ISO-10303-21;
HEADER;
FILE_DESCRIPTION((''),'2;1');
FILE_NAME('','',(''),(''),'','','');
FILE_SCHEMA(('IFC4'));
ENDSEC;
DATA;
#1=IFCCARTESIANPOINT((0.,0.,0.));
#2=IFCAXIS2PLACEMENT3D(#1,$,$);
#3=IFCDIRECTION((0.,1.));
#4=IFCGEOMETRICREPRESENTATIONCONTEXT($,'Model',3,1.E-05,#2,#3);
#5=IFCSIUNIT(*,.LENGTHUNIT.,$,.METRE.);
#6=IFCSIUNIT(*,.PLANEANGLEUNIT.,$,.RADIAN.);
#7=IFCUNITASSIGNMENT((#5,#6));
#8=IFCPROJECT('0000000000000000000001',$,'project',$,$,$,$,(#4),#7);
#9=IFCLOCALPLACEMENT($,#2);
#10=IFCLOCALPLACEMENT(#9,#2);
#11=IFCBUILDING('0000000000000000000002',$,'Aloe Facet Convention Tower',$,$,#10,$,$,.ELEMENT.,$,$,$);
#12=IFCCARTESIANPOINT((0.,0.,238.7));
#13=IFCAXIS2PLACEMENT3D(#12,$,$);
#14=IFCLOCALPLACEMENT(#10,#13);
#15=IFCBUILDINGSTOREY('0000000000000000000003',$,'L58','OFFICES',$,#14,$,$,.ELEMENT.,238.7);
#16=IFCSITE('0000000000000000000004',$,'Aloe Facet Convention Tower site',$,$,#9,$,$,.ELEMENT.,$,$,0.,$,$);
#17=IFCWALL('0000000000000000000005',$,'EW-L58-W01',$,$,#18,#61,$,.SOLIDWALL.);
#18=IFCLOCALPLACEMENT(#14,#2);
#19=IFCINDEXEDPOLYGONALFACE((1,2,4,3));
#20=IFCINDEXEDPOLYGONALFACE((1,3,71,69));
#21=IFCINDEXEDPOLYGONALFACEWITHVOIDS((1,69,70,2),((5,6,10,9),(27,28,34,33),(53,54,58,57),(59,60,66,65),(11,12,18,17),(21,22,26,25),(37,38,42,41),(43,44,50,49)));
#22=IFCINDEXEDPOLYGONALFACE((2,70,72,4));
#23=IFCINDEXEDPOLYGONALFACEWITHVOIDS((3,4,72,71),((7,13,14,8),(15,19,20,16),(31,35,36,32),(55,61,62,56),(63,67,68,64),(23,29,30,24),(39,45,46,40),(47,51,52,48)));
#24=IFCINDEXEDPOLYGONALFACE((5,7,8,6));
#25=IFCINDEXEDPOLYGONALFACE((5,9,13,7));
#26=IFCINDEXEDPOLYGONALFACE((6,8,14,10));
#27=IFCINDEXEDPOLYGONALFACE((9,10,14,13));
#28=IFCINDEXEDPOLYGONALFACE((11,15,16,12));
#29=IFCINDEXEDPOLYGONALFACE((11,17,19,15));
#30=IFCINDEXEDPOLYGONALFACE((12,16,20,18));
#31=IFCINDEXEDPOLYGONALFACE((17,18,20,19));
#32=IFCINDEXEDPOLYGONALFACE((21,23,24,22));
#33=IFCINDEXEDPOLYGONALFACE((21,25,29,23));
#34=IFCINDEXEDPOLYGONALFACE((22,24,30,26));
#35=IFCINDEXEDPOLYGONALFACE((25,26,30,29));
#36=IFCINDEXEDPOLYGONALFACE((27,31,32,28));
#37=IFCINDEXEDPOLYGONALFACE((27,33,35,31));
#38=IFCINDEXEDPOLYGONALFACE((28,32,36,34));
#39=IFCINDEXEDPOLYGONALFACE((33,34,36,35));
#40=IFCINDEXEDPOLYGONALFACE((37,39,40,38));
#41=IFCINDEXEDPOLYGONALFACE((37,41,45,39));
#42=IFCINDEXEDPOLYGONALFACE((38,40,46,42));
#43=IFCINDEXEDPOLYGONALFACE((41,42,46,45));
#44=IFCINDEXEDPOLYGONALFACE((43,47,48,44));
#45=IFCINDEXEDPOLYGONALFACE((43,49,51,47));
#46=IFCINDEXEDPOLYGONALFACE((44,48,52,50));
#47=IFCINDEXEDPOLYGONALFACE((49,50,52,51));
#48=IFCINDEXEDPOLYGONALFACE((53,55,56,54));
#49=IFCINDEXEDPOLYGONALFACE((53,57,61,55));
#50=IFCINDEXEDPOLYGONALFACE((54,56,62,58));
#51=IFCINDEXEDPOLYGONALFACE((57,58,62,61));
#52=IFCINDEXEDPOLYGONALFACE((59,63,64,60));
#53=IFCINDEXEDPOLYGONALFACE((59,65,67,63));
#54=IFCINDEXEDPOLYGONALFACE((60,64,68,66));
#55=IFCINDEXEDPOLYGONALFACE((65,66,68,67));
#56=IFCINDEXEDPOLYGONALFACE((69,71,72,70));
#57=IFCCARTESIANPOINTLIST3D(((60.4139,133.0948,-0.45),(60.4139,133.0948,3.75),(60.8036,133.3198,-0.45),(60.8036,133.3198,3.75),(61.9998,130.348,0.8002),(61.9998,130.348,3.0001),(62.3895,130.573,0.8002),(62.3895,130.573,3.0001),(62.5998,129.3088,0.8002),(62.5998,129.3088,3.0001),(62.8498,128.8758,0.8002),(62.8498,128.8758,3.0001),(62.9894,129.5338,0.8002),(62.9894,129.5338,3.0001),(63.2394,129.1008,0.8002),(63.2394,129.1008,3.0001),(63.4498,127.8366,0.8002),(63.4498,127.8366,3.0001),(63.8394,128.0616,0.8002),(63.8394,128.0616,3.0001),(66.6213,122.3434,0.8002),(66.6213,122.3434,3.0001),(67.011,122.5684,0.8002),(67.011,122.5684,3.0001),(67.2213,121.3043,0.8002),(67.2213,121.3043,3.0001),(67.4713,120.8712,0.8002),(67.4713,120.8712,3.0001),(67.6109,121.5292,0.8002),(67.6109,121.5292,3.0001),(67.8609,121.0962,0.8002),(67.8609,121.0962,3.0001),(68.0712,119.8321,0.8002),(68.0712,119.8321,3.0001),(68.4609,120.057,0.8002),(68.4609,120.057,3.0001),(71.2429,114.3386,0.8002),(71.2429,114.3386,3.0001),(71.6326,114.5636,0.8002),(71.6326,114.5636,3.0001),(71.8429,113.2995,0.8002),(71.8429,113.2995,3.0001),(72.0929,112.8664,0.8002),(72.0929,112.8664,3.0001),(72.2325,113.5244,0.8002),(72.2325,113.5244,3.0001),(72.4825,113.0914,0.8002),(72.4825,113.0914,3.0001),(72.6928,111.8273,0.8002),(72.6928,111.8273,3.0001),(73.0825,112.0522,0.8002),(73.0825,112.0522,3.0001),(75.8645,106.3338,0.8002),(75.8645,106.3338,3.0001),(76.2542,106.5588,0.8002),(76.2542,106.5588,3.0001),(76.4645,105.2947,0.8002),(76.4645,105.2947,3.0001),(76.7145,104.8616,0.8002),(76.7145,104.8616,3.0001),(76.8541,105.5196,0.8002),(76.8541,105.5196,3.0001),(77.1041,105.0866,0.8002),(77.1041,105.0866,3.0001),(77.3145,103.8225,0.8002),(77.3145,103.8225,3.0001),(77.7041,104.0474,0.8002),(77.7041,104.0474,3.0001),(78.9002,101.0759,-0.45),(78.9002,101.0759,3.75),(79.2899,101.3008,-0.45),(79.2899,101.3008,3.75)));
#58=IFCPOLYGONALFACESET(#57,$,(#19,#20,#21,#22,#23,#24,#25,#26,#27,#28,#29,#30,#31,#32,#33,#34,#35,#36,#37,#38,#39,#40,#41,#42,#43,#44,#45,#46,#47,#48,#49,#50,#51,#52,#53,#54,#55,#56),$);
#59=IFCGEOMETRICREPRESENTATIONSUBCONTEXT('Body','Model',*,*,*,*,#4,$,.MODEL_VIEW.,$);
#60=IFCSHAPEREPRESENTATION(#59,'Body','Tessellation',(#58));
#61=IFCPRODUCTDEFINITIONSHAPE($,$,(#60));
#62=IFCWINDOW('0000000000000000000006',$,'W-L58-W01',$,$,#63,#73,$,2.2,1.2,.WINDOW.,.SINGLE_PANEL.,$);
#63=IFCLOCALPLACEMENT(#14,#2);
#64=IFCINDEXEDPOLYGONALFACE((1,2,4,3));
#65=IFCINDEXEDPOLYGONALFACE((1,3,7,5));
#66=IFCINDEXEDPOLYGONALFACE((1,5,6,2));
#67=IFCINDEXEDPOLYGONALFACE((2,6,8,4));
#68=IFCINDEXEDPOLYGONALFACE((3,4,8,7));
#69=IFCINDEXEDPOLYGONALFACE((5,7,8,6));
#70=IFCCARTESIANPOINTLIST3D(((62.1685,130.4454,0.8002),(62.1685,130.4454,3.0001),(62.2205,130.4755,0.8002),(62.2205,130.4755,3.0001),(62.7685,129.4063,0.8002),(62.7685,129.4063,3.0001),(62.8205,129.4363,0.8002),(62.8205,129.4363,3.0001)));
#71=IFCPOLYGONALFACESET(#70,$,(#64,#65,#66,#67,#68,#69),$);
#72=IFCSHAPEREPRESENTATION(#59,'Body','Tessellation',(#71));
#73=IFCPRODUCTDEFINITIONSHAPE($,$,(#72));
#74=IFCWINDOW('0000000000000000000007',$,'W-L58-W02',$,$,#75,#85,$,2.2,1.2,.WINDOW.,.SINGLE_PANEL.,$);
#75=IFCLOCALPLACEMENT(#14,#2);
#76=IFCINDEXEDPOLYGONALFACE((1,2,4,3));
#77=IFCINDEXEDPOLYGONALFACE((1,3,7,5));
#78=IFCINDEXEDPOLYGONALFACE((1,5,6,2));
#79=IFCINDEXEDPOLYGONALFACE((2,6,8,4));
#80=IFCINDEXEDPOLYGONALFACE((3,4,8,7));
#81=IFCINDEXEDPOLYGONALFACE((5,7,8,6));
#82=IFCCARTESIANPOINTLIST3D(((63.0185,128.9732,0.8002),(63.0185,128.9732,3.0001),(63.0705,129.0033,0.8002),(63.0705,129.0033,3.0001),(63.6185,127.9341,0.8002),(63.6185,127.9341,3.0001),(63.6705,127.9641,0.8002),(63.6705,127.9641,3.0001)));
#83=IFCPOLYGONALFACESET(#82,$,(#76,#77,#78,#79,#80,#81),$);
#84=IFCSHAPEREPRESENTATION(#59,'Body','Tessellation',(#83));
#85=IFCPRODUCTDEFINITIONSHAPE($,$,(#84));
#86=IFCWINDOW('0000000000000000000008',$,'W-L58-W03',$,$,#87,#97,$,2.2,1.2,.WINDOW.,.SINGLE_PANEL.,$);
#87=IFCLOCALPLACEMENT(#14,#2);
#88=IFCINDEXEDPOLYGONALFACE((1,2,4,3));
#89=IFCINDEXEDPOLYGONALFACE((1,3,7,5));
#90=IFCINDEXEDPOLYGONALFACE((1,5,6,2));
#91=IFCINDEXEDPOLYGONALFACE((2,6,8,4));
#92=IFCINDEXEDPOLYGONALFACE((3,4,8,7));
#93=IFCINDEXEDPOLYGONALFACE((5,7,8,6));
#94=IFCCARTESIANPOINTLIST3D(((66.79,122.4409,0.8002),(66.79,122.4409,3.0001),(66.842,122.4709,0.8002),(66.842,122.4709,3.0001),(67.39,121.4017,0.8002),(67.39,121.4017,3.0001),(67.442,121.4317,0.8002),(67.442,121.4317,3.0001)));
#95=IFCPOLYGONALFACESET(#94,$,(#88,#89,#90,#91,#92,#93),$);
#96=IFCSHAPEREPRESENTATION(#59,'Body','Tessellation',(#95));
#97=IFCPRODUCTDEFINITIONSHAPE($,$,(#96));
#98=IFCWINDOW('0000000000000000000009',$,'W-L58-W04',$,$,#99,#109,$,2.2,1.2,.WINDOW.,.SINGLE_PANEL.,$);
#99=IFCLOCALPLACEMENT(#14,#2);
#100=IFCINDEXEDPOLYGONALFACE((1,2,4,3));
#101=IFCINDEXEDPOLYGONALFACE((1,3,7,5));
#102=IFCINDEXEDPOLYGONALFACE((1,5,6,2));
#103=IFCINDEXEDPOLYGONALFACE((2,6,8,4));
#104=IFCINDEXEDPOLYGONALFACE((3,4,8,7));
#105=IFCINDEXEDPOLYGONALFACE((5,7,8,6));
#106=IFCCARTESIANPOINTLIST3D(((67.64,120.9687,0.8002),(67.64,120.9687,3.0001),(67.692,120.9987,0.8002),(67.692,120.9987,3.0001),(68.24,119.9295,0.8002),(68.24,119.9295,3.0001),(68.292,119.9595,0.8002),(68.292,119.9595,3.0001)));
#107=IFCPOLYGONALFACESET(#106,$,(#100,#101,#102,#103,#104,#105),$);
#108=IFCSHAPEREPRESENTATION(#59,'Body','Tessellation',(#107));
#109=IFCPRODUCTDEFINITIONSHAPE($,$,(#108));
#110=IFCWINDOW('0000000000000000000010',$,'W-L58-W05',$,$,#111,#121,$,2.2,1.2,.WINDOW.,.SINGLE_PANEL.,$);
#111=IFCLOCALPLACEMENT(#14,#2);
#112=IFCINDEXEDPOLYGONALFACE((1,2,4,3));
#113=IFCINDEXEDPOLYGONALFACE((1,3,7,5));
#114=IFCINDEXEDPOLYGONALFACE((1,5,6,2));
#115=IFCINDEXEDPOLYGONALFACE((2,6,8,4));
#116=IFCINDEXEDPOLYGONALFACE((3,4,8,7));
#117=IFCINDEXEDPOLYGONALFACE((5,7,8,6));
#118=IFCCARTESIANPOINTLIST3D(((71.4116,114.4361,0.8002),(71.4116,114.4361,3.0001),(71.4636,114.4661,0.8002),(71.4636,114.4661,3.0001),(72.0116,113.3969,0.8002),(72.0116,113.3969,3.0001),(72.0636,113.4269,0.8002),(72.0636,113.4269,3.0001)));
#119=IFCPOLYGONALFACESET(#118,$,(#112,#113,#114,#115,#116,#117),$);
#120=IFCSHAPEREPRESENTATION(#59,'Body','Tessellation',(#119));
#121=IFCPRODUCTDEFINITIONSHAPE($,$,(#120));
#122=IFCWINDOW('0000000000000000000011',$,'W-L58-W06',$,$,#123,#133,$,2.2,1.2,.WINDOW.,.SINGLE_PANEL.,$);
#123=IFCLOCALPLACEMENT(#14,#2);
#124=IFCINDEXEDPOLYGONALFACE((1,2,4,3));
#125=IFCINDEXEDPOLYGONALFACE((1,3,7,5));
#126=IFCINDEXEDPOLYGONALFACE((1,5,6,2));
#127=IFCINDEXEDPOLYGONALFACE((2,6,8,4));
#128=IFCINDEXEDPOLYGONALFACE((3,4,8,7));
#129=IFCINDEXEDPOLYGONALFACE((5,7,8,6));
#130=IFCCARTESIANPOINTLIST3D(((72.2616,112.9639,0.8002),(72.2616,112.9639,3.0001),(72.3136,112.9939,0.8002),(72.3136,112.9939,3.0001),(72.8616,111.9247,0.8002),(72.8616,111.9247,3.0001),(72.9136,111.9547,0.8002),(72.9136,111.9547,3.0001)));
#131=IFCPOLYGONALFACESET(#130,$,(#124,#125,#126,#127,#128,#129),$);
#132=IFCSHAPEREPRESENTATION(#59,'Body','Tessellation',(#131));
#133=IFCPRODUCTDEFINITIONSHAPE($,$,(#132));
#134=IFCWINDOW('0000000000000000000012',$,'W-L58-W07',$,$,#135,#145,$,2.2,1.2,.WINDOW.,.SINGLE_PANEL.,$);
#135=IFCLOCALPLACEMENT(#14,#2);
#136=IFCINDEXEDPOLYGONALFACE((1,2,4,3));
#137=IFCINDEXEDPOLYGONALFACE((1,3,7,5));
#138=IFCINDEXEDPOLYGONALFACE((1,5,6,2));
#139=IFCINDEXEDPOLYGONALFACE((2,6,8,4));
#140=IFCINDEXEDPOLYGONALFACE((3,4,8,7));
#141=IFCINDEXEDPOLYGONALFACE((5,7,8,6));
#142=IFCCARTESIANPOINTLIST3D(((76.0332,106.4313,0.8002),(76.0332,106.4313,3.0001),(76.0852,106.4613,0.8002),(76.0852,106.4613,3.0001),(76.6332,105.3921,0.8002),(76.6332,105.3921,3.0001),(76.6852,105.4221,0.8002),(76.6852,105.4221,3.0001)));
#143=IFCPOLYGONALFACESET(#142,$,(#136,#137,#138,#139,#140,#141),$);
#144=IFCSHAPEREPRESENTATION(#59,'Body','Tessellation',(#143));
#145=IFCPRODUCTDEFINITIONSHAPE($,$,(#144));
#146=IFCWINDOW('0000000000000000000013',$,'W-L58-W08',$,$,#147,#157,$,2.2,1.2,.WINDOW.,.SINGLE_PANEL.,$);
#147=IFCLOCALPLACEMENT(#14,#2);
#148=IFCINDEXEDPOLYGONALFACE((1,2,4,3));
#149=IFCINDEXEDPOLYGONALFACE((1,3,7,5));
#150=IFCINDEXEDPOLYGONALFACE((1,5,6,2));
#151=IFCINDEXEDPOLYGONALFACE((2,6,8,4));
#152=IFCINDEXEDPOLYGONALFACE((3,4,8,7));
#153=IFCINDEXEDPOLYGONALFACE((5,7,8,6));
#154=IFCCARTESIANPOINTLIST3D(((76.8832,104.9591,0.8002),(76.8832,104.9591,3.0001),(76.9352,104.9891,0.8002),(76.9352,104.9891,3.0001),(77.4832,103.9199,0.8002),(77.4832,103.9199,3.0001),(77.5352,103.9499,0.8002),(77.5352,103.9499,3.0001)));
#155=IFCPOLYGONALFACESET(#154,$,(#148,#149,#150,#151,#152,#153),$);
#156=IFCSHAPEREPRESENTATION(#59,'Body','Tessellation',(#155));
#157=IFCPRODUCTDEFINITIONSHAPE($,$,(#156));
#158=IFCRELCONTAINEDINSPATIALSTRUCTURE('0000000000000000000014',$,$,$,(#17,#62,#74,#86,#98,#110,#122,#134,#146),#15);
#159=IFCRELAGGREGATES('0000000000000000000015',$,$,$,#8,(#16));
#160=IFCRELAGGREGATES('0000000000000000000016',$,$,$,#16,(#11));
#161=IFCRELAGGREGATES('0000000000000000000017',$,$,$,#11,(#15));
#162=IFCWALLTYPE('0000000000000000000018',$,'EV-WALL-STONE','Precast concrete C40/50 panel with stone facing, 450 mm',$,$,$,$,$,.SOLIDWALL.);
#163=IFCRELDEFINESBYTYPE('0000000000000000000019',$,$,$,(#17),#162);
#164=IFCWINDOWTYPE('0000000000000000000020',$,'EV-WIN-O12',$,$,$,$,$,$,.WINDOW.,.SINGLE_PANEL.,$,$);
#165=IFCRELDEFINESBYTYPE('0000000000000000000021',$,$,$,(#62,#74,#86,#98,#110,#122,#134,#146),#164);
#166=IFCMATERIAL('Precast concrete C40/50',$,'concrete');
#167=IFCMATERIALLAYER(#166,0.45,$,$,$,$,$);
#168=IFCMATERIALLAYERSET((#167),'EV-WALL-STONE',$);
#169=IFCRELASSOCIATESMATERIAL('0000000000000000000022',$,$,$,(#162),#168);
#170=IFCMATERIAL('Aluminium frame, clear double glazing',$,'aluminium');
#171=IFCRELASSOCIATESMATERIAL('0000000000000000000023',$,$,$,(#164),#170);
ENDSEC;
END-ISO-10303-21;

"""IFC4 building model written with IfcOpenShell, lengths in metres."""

from ifc_helpers import new_model, si_unit, direction, frame, frame_2d, origin, place, context, subcontext, project, spatial, polyline, rectangle, outline, extrude, material, layer, layer_set, type_object, element, fill, save


model = new_model("IFC4")

# Units and contexts
model_context = context("Model", 3, precision=1e-05, world=origin(), true_north=direction((0.0, 1.0)))
body_context = subcontext(model_context, "Body", "Model", "MODEL_VIEW")
ifc_project = project(units=[si_unit("LENGTHUNIT", "METRE"), si_unit("PLANEANGLEUNIT", "RADIAN")], contexts=[model_context])

# Site, building, storey
site_placement = place(None, origin())
site = spatial("IfcSite", under=ifc_project, at=site_placement, Name="Aloe Facet Convention Tower site", CompositionType="ELEMENT", RefElevation=0.0)
building_placement = place(site_placement, origin())
building = spatial("IfcBuilding", under=site, at=building_placement, Name="Aloe Facet Convention Tower", CompositionType="ELEMENT")
storey_placement = place(building_placement, frame((0.0, 0.0, 238.7)))
storey = spatial("IfcBuildingStorey", under=building, at=storey_placement, Name="L58", Description="OFFICES", CompositionType="ELEMENT", Elevation=238.7)

# Wall, openings, windows
ifc_material_1 = material(Name="Precast concrete C40/50", Category="concrete")
ifc_layer_1 = layer(ifc_material_1, 0.45)
ifc_layer_set_1 = layer_set([ifc_layer_1], Name="EV-WALL-STONE")
wall_type_1 = type_object("IfcWallType", Name="EV-WALL-STONE", Description="Precast concrete C40/50 panel with stone facing, 450 mm", PredefinedType="SOLIDWALL", material=ifc_layer_set_1)
wall_1_placement = place(storey_placement, frame((60.6086, 133.2073, -0.45), z_axis=(0.0, 0.0, 1.0), x_axis=(0.500003, -0.866024, 0.0)))
wall_1 = element("IfcWall", 1, at=wall_1_placement, inside=storey, type_object=wall_type_1, Name="EW-L58-W01", PredefinedType="SOLIDWALL", context=body_context, shape_type="SweptSolid", body=[
    extrude(outline(polyline([(36.9724, 0.0), (36.9724, 4.2), (0.0, 4.2), (0.0, 0.0), (36.9724, 0.0)])), frame((0.0, 0.2251, 0.0), z_axis=(0.0, -1.0, 0.0), x_axis=(1.0, 0.0, 0.0)), (0.0, 0.0, 1.0), 0.45),
])
opening_1_placement = place(wall_1_placement, frame((3.1716, 0.0, 1.25)))
opening_1 = element("IfcOpeningElement", 2, at=opening_1_placement, cuts=wall_1, PredefinedType="OPENING", context=body_context, shape_type="SweptSolid", body=[
    extrude(rectangle(XDim=1.2, YDim=2.2, at=frame_2d((0.6001, 1.1001))), frame((0.0, 0.2349, 0.0), z_axis=(0.0, -1.0, 0.0), x_axis=(1.0, 0.0, 0.0)), (0.0, 0.0, 1.0), 0.47),
])
opening_2_placement = place(wall_1_placement, frame((4.8716, 0.0, 1.25)))
opening_2 = element("IfcOpeningElement", 3, at=opening_2_placement, cuts=wall_1, PredefinedType="OPENING", context=body_context, shape_type="SweptSolid", body=[
    extrude(rectangle(XDim=1.2, YDim=2.2, at=frame_2d((0.6001, 1.1001))), frame((0.0, 0.2349, 0.0), z_axis=(0.0, -1.0, 0.0), x_axis=(1.0, 0.0, 0.0)), (0.0, 0.0, 1.0), 0.47),
])
opening_3_placement = place(wall_1_placement, frame((12.4146, 0.0, 1.25)))
opening_3 = element("IfcOpeningElement", 4, at=opening_3_placement, cuts=wall_1, PredefinedType="OPENING", context=body_context, shape_type="SweptSolid", body=[
    extrude(rectangle(XDim=1.2, YDim=2.2, at=frame_2d((0.6001, 1.1001))), frame((0.0, 0.2349, 0.0), z_axis=(0.0, -1.0, 0.0), x_axis=(1.0, 0.0, 0.0)), (0.0, 0.0, 1.0), 0.47),
])
opening_4_placement = place(wall_1_placement, frame((14.1145, 0.0, 1.25)))
opening_4 = element("IfcOpeningElement", 5, at=opening_4_placement, cuts=wall_1, PredefinedType="OPENING", context=body_context, shape_type="SweptSolid", body=[
    extrude(rectangle(XDim=1.2, YDim=2.2, at=frame_2d((0.6001, 1.1001))), frame((0.0, 0.2349, 0.0), z_axis=(0.0, -1.0, 0.0), x_axis=(1.0, 0.0, 0.0)), (0.0, 0.0, 1.0), 0.47),
])
opening_5_placement = place(wall_1_placement, frame((21.6577, 0.0, 1.25)))
opening_5 = element("IfcOpeningElement", 6, at=opening_5_placement, cuts=wall_1, PredefinedType="OPENING", context=body_context, shape_type="SweptSolid", body=[
    extrude(rectangle(XDim=1.2, YDim=2.2, at=frame_2d((0.6001, 1.1001))), frame((0.0, 0.2349, 0.0), z_axis=(0.0, -1.0, 0.0), x_axis=(1.0, 0.0, 0.0)), (0.0, 0.0, 1.0), 0.47),
])
opening_6_placement = place(wall_1_placement, frame((23.3577, 0.0, 1.25)))
opening_6 = element("IfcOpeningElement", 7, at=opening_6_placement, cuts=wall_1, PredefinedType="OPENING", context=body_context, shape_type="SweptSolid", body=[
    extrude(rectangle(XDim=1.2, YDim=2.2, at=frame_2d((0.6001, 1.1001))), frame((0.0, 0.2349, 0.0), z_axis=(0.0, -1.0, 0.0), x_axis=(1.0, 0.0, 0.0)), (0.0, 0.0, 1.0), 0.47),
])
opening_7_placement = place(wall_1_placement, frame((30.9009, 0.0, 1.25)))
opening_7 = element("IfcOpeningElement", 8, at=opening_7_placement, cuts=wall_1, PredefinedType="OPENING", context=body_context, shape_type="SweptSolid", body=[
    extrude(rectangle(XDim=1.2, YDim=2.2, at=frame_2d((0.6001, 1.1001))), frame((0.0, 0.2349, 0.0), z_axis=(0.0, -1.0, 0.0), x_axis=(1.0, 0.0, 0.0)), (0.0, 0.0, 1.0), 0.47),
])
opening_8_placement = place(wall_1_placement, frame((32.6008, 0.0, 1.25)))
opening_8 = element("IfcOpeningElement", 9, at=opening_8_placement, cuts=wall_1, PredefinedType="OPENING", context=body_context, shape_type="SweptSolid", body=[
    extrude(rectangle(XDim=1.2, YDim=2.2, at=frame_2d((0.6001, 1.1001))), frame((0.0, 0.2349, 0.0), z_axis=(0.0, -1.0, 0.0), x_axis=(1.0, 0.0, 0.0)), (0.0, 0.0, 1.0), 0.47),
])
ifc_material_2 = material(Name="Aluminium frame, clear double glazing", Category="aluminium")
window_type = type_object("IfcWindowType", Name="EV-WIN-O12", PartitioningType="SINGLE_PANEL", PredefinedType="WINDOW", material=ifc_material_2)
window_1_placement = place(opening_1_placement, origin())
window_1 = element("IfcWindow", 10, at=window_1_placement, inside=storey, type_object=window_type, Name="W-L58-W01", OverallHeight=2.2, OverallWidth=1.2, PartitioningType="SINGLE_PANEL", PredefinedType="WINDOW", context=body_context, shape_type="SweptSolid", body=[
    extrude(rectangle(XDim=1.2, YDim=2.2, at=frame_2d((0.6001, 1.1001))), frame((0.0, 0.03, 0.0), z_axis=(0.0, -1.0, 0.0), x_axis=(1.0, 0.0, 0.0)), (0.0, 0.0, 1.0), 0.0601),
])
fill(opening_1, window_1)
window_2_placement = place(opening_2_placement, origin())
window_2 = element("IfcWindow", 11, at=window_2_placement, inside=storey, type_object=window_type, Name="W-L58-W02", OverallHeight=2.2, OverallWidth=1.2, PartitioningType="SINGLE_PANEL", PredefinedType="WINDOW", context=body_context, shape_type="SweptSolid", body=[
    extrude(rectangle(XDim=1.2, YDim=2.2, at=frame_2d((0.6001, 1.1001))), frame((0.0, 0.03, 0.0), z_axis=(0.0, -1.0, 0.0), x_axis=(1.0, 0.0, 0.0)), (0.0, 0.0, 1.0), 0.0601),
])
fill(opening_2, window_2)
window_3_placement = place(opening_3_placement, origin())
window_3 = element("IfcWindow", 12, at=window_3_placement, inside=storey, type_object=window_type, Name="W-L58-W03", OverallHeight=2.2, OverallWidth=1.2, PartitioningType="SINGLE_PANEL", PredefinedType="WINDOW", context=body_context, shape_type="SweptSolid", body=[
    extrude(rectangle(XDim=1.2, YDim=2.2, at=frame_2d((0.6001, 1.1001))), frame((0.0, 0.03, 0.0), z_axis=(0.0, -1.0, 0.0), x_axis=(1.0, 0.0, 0.0)), (0.0, 0.0, 1.0), 0.0601),
])
fill(opening_3, window_3)
window_4_placement = place(opening_4_placement, origin())
window_4 = element("IfcWindow", 13, at=window_4_placement, inside=storey, type_object=window_type, Name="W-L58-W04", OverallHeight=2.2, OverallWidth=1.2, PartitioningType="SINGLE_PANEL", PredefinedType="WINDOW", context=body_context, shape_type="SweptSolid", body=[
    extrude(rectangle(XDim=1.2, YDim=2.2, at=frame_2d((0.6001, 1.1001))), frame((0.0, 0.03, 0.0), z_axis=(0.0, -1.0, 0.0), x_axis=(1.0, 0.0, 0.0)), (0.0, 0.0, 1.0), 0.0601),
])
fill(opening_4, window_4)
window_5_placement = place(opening_5_placement, origin())
window_5 = element("IfcWindow", 14, at=window_5_placement, inside=storey, type_object=window_type, Name="W-L58-W05", OverallHeight=2.2, OverallWidth=1.2, PartitioningType="SINGLE_PANEL", PredefinedType="WINDOW", context=body_context, shape_type="SweptSolid", body=[
    extrude(rectangle(XDim=1.2, YDim=2.2, at=frame_2d((0.6001, 1.1001))), frame((0.0, 0.03, 0.0), z_axis=(0.0, -1.0, 0.0), x_axis=(1.0, 0.0, 0.0)), (0.0, 0.0, 1.0), 0.0601),
])
fill(opening_5, window_5)
window_6_placement = place(opening_6_placement, origin())
window_6 = element("IfcWindow", 15, at=window_6_placement, inside=storey, type_object=window_type, Name="W-L58-W06", OverallHeight=2.2, OverallWidth=1.2, PartitioningType="SINGLE_PANEL", PredefinedType="WINDOW", context=body_context, shape_type="SweptSolid", body=[
    extrude(rectangle(XDim=1.2, YDim=2.2, at=frame_2d((0.6001, 1.1001))), frame((0.0, 0.03, 0.0), z_axis=(0.0, -1.0, 0.0), x_axis=(1.0, 0.0, 0.0)), (0.0, 0.0, 1.0), 0.0601),
])
fill(opening_6, window_6)
window_7_placement = place(opening_7_placement, origin())
window_7 = element("IfcWindow", 16, at=window_7_placement, inside=storey, type_object=window_type, Name="W-L58-W07", OverallHeight=2.2, OverallWidth=1.2, PartitioningType="SINGLE_PANEL", PredefinedType="WINDOW", context=body_context, shape_type="SweptSolid", body=[
    extrude(rectangle(XDim=1.2, YDim=2.2, at=frame_2d((0.6001, 1.1001))), frame((0.0, 0.03, 0.0), z_axis=(0.0, -1.0, 0.0), x_axis=(1.0, 0.0, 0.0)), (0.0, 0.0, 1.0), 0.0601),
])
fill(opening_7, window_7)
window_8_placement = place(opening_8_placement, origin())
window_8 = element("IfcWindow", 17, at=window_8_placement, inside=storey, type_object=window_type, Name="W-L58-W08", OverallHeight=2.2, OverallWidth=1.2, PartitioningType="SINGLE_PANEL", PredefinedType="WINDOW", context=body_context, shape_type="SweptSolid", body=[
    extrude(rectangle(XDim=1.2, YDim=2.2, at=frame_2d((0.6001, 1.1001))), frame((0.0, 0.03, 0.0), z_axis=(0.0, -1.0, 0.0), x_axis=(1.0, 0.0, 0.0)), (0.0, 0.0, 1.0), 0.0601),
])
fill(opening_8, window_8)

save(model, "model.ifc")
